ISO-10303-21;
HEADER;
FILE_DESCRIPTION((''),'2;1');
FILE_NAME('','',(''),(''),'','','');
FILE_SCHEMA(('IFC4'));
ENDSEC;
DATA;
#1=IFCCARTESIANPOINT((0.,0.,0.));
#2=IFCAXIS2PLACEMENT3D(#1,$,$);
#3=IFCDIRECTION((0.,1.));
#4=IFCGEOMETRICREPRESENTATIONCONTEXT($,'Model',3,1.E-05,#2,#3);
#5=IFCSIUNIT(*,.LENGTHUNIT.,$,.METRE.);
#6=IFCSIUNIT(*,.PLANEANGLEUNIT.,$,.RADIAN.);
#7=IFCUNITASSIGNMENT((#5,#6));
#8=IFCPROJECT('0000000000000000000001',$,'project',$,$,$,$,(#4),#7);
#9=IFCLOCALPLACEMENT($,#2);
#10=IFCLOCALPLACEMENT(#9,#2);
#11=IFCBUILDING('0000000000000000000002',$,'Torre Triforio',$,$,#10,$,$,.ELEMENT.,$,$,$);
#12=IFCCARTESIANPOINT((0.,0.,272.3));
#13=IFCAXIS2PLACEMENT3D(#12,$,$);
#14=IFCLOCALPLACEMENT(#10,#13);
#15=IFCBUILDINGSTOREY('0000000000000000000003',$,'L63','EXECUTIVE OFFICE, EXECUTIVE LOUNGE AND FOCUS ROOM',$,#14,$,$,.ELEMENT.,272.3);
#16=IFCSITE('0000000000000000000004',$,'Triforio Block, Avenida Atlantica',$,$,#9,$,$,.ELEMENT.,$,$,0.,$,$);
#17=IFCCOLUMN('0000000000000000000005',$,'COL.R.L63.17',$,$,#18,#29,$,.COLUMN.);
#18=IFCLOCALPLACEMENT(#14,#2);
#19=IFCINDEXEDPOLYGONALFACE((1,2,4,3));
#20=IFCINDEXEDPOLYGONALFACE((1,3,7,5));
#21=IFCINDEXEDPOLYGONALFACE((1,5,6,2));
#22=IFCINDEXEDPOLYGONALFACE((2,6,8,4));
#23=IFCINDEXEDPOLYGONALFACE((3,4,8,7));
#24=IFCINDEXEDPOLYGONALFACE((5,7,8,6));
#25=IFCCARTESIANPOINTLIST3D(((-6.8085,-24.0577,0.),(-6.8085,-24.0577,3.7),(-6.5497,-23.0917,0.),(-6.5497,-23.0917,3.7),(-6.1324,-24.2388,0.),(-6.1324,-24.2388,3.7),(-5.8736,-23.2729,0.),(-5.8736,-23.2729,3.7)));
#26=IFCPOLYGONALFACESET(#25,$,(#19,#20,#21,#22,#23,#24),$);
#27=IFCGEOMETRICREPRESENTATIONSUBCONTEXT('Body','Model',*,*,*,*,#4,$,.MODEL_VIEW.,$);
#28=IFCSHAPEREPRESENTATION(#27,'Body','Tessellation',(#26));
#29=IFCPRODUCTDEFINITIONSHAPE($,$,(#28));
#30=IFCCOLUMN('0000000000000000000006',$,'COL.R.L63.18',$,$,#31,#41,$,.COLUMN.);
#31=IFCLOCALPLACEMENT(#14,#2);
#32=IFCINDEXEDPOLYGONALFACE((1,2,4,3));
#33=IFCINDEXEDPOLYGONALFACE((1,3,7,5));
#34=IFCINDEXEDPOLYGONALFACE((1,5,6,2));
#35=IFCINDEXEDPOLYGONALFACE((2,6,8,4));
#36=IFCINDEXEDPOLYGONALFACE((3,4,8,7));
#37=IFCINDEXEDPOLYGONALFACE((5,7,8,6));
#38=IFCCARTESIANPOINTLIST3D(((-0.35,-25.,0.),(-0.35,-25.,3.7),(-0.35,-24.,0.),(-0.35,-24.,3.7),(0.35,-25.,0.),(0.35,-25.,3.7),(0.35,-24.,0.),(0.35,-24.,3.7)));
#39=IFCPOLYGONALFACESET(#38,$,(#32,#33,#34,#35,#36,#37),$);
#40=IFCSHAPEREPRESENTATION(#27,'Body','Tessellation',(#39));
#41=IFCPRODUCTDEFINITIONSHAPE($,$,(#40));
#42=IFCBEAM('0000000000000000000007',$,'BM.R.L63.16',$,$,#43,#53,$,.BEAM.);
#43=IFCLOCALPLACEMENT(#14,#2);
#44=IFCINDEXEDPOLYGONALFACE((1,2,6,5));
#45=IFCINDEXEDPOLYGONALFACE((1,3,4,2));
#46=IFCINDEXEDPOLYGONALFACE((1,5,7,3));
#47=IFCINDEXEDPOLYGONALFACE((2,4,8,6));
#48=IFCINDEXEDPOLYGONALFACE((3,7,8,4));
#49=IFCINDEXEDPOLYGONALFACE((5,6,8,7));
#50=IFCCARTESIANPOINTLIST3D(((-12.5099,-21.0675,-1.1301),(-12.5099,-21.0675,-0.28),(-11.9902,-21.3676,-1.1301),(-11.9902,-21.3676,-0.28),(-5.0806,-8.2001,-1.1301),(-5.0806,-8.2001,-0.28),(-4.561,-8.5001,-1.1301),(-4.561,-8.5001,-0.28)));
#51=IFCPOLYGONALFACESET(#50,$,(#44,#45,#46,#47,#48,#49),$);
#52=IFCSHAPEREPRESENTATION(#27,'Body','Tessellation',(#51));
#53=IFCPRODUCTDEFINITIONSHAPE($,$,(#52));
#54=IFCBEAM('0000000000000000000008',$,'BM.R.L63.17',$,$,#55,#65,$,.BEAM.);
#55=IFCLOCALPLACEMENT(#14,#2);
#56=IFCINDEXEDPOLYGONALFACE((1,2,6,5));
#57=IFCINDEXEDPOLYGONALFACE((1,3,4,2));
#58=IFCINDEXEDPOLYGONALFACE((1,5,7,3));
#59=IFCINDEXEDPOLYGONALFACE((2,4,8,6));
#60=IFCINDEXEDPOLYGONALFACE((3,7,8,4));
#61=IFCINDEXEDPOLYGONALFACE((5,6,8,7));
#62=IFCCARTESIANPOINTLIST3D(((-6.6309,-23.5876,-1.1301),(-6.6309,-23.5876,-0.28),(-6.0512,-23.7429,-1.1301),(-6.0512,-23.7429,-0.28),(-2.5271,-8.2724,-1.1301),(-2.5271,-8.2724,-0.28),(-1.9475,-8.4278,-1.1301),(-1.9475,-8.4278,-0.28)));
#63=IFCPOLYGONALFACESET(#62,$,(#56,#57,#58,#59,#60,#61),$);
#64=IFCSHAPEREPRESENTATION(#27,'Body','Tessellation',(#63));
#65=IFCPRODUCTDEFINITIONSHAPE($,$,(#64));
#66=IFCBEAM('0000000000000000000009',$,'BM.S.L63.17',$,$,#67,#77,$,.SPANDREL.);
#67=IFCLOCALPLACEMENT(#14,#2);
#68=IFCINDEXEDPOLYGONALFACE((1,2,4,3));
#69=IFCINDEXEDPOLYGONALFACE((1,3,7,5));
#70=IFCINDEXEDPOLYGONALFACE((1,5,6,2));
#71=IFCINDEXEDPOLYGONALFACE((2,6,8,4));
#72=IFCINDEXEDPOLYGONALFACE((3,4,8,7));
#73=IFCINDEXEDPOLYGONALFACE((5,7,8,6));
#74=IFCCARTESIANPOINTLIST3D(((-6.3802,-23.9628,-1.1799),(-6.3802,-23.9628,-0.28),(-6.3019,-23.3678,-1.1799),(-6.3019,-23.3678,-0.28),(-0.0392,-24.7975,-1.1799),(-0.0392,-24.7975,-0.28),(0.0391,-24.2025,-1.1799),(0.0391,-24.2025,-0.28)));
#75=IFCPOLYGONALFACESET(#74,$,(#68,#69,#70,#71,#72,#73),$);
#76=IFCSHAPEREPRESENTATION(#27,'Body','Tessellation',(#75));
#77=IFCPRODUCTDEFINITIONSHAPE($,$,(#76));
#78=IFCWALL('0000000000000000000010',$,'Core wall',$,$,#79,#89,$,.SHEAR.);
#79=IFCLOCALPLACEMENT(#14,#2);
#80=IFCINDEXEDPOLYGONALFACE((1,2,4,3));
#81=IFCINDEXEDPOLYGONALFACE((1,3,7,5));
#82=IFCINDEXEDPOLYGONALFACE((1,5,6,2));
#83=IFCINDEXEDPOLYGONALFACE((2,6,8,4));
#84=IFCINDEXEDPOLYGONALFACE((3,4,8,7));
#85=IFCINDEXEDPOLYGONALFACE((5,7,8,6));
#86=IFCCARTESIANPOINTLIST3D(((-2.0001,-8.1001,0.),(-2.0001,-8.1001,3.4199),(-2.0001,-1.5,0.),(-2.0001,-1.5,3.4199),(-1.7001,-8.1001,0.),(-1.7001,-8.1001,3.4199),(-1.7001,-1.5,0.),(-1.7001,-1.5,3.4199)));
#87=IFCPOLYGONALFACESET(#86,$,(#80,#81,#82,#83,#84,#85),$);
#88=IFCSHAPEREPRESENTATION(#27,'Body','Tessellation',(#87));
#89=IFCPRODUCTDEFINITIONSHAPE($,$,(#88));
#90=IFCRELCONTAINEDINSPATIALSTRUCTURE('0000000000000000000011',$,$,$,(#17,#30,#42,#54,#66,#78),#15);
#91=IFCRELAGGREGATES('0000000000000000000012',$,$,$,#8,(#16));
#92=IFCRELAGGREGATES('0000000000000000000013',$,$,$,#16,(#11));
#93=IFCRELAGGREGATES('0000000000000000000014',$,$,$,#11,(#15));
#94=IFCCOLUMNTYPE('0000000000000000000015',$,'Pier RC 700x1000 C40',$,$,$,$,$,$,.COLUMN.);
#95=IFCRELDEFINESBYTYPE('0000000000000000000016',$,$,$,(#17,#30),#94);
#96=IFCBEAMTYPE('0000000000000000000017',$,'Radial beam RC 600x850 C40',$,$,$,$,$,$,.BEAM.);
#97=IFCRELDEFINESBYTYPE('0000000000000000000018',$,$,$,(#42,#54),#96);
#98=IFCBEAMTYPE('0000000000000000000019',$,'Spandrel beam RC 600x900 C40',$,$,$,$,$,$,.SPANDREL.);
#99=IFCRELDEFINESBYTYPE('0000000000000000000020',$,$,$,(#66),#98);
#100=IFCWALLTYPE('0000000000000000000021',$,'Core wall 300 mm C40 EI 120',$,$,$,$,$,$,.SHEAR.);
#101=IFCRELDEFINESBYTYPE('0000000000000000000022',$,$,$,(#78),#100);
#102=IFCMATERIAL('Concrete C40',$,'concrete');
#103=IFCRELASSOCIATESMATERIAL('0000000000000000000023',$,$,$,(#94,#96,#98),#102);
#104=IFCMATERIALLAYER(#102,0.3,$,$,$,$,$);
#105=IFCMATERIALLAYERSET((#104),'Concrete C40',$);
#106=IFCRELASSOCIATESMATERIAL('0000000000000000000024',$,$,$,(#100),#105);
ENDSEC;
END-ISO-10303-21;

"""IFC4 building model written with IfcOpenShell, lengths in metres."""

from ifc_helpers import new_model, si_unit, direction, frame, frame_2d, origin, origin_2d, place, context, subcontext, project, spatial, rectangle, extrude, material, layer, layer_set, material_profile, profile_set, type_object, element, save


model = new_model("IFC4")

# Units and contexts
model_context = context("Model", 3, precision=1e-05, world=origin(), true_north=direction((0.0, 1.0)))
body_context = subcontext(model_context, "Body", "Model", "MODEL_VIEW")
ifc_project = project(units=[si_unit("LENGTHUNIT", "METRE"), si_unit("PLANEANGLEUNIT", "RADIAN")], contexts=[model_context])

# Site, building, storey
site_placement = place(None, origin())
site = spatial("IfcSite", under=ifc_project, at=site_placement, Name="Triforio Block, Avenida Atlantica", CompositionType="ELEMENT", RefElevation=0.0)
building_placement = place(site_placement, origin())
building = spatial("IfcBuilding", under=site, at=building_placement, Name="Torre Triforio", CompositionType="ELEMENT")
storey_placement = place(building_placement, frame((0.0, 0.0, 272.3)))
storey = spatial("IfcBuildingStorey", under=building, at=storey_placement, Name="L63", Description="EXECUTIVE OFFICE, EXECUTIVE LOUNGE AND FOCUS ROOM", CompositionType="ELEMENT", Elevation=272.3)

# Columns
ifc_material_1 = material(Name="Concrete C40", Category="concrete")
ifc_material_profile_1 = material_profile(ifc_material_1, rectangle(XDim=0.7, YDim=1.0, at=origin_2d()), Name="RC 700x1000")
ifc_profile_set_1 = profile_set([ifc_material_profile_1], Name="Concrete C40")
column_type = type_object("IfcColumnType", Name="Pier RC 700x1000 C40", PredefinedType="COLUMN", material=ifc_profile_set_1)
for number, where, z_axis, x_axis, name in (
    (1, (-6.3411, -23.6653, 0.0), (0.0, 0.0, 1.0), (0.965926, -0.258819, 0.0), "COL.R.L63.17"),
    (2, (0.0, -24.5, 0.0), (0.0, 0.0, 1.0), (1.0, 0.0, 0.0), "COL.R.L63.18"),
):
    element("IfcColumn", number, at=place(storey_placement, frame(where, z_axis=z_axis, x_axis=x_axis)), inside=storey, type_object=column_type, Name=name, PredefinedType="COLUMN", context=body_context, shape_type="SweptSolid", body=[
        extrude(rectangle(XDim=0.7, YDim=1.0, at=origin_2d()), origin(), (0.0, 0.0, 1.0), 3.7),
    ])

# Beams
ifc_material_profile_2 = material_profile(ifc_material_1, rectangle(XDim=0.6001, YDim=0.8501, at=origin_2d()), Name="RC 600x850")
ifc_profile_set_2 = profile_set([ifc_material_profile_2], Name="Concrete C40")
beam_type_1 = type_object("IfcBeamType", Name="Radial beam RC 600x850 C40", PredefinedType="BEAM", material=ifc_profile_set_2)
beam_1_placement = place(storey_placement, frame((-4.8208, -8.3501, -0.7051), z_axis=(-0.500009, -0.86602, 0.0), x_axis=(0.86602, -0.500009, 0.0)))
element("IfcBeam", 3, at=beam_1_placement, inside=storey, type_object=beam_type_1, Name="BM.R.L63.16", PredefinedType="BEAM", context=body_context, shape_type="SweptSolid", body=[
    extrude(rectangle(XDim=0.6001, YDim=0.8501, at=origin_2d()), origin(), (0.0, 0.0, 1.0), 14.8582),
])
beam_2_placement = place(storey_placement, frame((-2.2373, -8.3501, -0.7051), z_axis=(-0.258823, -0.965925, 0.0), x_axis=(0.965925, -0.258823, 0.0)))
element("IfcBeam", 4, at=beam_2_placement, inside=storey, type_object=beam_type_1, Name="BM.R.L63.17", PredefinedType="BEAM", context=body_context, shape_type="SweptSolid", body=[
    extrude(rectangle(XDim=0.6001, YDim=0.8501, at=origin_2d()), origin(), (0.0, 0.0, 1.0), 15.8555),
])
ifc_material_profile_3 = material_profile(ifc_material_1, rectangle(XDim=0.6001, YDim=0.8999, at=origin_2d()), Name="RC 600x900")
ifc_profile_set_3 = profile_set([ifc_material_profile_3], Name="Concrete C40")
beam_type_2 = type_object("IfcBeamType", Name="Spandrel beam RC 600x900 C40", PredefinedType="SPANDREL", material=ifc_profile_set_3)
beam_3_placement = place(storey_placement, frame((-6.3411, -23.6653, -0.73), z_axis=(0.991447, -0.130511, 0.0), x_axis=(0.130511, 0.991447, 0.0)))
element("IfcBeam", 5, at=beam_3_placement, inside=storey, type_object=beam_type_2, Name="BM.S.L63.17", PredefinedType="SPANDREL", context=body_context, shape_type="SweptSolid", body=[
    extrude(rectangle(XDim=0.6001, YDim=0.8999, at=origin_2d()), origin(), (0.0, 0.0, 1.0), 6.3958),
])

# Wall
ifc_layer_1 = layer(ifc_material_1, 0.3)
ifc_layer_set_1 = layer_set([ifc_layer_1], Name="Concrete C40")
wall_type_1 = type_object("IfcWallType", Name="Core wall 300 mm C40 EI 120", PredefinedType="SHEAR", material=ifc_layer_set_1)
wall_1_placement = place(storey_placement, frame((-1.8501, -8.1001, 0.0), z_axis=(0.0, 0.0, 1.0), x_axis=(0.0, 1.0, 0.0)))
element("IfcWall", 6, at=wall_1_placement, inside=storey, type_object=wall_type_1, Name="Core wall", PredefinedType="SHEAR", context=body_context, shape_type="SweptSolid", body=[
    extrude(rectangle(XDim=6.6001, YDim=0.3, at=frame_2d((3.3, 0.0))), origin(), (0.0, 0.0, 1.0), 3.4199),
])

save(model, "model.ifc")
